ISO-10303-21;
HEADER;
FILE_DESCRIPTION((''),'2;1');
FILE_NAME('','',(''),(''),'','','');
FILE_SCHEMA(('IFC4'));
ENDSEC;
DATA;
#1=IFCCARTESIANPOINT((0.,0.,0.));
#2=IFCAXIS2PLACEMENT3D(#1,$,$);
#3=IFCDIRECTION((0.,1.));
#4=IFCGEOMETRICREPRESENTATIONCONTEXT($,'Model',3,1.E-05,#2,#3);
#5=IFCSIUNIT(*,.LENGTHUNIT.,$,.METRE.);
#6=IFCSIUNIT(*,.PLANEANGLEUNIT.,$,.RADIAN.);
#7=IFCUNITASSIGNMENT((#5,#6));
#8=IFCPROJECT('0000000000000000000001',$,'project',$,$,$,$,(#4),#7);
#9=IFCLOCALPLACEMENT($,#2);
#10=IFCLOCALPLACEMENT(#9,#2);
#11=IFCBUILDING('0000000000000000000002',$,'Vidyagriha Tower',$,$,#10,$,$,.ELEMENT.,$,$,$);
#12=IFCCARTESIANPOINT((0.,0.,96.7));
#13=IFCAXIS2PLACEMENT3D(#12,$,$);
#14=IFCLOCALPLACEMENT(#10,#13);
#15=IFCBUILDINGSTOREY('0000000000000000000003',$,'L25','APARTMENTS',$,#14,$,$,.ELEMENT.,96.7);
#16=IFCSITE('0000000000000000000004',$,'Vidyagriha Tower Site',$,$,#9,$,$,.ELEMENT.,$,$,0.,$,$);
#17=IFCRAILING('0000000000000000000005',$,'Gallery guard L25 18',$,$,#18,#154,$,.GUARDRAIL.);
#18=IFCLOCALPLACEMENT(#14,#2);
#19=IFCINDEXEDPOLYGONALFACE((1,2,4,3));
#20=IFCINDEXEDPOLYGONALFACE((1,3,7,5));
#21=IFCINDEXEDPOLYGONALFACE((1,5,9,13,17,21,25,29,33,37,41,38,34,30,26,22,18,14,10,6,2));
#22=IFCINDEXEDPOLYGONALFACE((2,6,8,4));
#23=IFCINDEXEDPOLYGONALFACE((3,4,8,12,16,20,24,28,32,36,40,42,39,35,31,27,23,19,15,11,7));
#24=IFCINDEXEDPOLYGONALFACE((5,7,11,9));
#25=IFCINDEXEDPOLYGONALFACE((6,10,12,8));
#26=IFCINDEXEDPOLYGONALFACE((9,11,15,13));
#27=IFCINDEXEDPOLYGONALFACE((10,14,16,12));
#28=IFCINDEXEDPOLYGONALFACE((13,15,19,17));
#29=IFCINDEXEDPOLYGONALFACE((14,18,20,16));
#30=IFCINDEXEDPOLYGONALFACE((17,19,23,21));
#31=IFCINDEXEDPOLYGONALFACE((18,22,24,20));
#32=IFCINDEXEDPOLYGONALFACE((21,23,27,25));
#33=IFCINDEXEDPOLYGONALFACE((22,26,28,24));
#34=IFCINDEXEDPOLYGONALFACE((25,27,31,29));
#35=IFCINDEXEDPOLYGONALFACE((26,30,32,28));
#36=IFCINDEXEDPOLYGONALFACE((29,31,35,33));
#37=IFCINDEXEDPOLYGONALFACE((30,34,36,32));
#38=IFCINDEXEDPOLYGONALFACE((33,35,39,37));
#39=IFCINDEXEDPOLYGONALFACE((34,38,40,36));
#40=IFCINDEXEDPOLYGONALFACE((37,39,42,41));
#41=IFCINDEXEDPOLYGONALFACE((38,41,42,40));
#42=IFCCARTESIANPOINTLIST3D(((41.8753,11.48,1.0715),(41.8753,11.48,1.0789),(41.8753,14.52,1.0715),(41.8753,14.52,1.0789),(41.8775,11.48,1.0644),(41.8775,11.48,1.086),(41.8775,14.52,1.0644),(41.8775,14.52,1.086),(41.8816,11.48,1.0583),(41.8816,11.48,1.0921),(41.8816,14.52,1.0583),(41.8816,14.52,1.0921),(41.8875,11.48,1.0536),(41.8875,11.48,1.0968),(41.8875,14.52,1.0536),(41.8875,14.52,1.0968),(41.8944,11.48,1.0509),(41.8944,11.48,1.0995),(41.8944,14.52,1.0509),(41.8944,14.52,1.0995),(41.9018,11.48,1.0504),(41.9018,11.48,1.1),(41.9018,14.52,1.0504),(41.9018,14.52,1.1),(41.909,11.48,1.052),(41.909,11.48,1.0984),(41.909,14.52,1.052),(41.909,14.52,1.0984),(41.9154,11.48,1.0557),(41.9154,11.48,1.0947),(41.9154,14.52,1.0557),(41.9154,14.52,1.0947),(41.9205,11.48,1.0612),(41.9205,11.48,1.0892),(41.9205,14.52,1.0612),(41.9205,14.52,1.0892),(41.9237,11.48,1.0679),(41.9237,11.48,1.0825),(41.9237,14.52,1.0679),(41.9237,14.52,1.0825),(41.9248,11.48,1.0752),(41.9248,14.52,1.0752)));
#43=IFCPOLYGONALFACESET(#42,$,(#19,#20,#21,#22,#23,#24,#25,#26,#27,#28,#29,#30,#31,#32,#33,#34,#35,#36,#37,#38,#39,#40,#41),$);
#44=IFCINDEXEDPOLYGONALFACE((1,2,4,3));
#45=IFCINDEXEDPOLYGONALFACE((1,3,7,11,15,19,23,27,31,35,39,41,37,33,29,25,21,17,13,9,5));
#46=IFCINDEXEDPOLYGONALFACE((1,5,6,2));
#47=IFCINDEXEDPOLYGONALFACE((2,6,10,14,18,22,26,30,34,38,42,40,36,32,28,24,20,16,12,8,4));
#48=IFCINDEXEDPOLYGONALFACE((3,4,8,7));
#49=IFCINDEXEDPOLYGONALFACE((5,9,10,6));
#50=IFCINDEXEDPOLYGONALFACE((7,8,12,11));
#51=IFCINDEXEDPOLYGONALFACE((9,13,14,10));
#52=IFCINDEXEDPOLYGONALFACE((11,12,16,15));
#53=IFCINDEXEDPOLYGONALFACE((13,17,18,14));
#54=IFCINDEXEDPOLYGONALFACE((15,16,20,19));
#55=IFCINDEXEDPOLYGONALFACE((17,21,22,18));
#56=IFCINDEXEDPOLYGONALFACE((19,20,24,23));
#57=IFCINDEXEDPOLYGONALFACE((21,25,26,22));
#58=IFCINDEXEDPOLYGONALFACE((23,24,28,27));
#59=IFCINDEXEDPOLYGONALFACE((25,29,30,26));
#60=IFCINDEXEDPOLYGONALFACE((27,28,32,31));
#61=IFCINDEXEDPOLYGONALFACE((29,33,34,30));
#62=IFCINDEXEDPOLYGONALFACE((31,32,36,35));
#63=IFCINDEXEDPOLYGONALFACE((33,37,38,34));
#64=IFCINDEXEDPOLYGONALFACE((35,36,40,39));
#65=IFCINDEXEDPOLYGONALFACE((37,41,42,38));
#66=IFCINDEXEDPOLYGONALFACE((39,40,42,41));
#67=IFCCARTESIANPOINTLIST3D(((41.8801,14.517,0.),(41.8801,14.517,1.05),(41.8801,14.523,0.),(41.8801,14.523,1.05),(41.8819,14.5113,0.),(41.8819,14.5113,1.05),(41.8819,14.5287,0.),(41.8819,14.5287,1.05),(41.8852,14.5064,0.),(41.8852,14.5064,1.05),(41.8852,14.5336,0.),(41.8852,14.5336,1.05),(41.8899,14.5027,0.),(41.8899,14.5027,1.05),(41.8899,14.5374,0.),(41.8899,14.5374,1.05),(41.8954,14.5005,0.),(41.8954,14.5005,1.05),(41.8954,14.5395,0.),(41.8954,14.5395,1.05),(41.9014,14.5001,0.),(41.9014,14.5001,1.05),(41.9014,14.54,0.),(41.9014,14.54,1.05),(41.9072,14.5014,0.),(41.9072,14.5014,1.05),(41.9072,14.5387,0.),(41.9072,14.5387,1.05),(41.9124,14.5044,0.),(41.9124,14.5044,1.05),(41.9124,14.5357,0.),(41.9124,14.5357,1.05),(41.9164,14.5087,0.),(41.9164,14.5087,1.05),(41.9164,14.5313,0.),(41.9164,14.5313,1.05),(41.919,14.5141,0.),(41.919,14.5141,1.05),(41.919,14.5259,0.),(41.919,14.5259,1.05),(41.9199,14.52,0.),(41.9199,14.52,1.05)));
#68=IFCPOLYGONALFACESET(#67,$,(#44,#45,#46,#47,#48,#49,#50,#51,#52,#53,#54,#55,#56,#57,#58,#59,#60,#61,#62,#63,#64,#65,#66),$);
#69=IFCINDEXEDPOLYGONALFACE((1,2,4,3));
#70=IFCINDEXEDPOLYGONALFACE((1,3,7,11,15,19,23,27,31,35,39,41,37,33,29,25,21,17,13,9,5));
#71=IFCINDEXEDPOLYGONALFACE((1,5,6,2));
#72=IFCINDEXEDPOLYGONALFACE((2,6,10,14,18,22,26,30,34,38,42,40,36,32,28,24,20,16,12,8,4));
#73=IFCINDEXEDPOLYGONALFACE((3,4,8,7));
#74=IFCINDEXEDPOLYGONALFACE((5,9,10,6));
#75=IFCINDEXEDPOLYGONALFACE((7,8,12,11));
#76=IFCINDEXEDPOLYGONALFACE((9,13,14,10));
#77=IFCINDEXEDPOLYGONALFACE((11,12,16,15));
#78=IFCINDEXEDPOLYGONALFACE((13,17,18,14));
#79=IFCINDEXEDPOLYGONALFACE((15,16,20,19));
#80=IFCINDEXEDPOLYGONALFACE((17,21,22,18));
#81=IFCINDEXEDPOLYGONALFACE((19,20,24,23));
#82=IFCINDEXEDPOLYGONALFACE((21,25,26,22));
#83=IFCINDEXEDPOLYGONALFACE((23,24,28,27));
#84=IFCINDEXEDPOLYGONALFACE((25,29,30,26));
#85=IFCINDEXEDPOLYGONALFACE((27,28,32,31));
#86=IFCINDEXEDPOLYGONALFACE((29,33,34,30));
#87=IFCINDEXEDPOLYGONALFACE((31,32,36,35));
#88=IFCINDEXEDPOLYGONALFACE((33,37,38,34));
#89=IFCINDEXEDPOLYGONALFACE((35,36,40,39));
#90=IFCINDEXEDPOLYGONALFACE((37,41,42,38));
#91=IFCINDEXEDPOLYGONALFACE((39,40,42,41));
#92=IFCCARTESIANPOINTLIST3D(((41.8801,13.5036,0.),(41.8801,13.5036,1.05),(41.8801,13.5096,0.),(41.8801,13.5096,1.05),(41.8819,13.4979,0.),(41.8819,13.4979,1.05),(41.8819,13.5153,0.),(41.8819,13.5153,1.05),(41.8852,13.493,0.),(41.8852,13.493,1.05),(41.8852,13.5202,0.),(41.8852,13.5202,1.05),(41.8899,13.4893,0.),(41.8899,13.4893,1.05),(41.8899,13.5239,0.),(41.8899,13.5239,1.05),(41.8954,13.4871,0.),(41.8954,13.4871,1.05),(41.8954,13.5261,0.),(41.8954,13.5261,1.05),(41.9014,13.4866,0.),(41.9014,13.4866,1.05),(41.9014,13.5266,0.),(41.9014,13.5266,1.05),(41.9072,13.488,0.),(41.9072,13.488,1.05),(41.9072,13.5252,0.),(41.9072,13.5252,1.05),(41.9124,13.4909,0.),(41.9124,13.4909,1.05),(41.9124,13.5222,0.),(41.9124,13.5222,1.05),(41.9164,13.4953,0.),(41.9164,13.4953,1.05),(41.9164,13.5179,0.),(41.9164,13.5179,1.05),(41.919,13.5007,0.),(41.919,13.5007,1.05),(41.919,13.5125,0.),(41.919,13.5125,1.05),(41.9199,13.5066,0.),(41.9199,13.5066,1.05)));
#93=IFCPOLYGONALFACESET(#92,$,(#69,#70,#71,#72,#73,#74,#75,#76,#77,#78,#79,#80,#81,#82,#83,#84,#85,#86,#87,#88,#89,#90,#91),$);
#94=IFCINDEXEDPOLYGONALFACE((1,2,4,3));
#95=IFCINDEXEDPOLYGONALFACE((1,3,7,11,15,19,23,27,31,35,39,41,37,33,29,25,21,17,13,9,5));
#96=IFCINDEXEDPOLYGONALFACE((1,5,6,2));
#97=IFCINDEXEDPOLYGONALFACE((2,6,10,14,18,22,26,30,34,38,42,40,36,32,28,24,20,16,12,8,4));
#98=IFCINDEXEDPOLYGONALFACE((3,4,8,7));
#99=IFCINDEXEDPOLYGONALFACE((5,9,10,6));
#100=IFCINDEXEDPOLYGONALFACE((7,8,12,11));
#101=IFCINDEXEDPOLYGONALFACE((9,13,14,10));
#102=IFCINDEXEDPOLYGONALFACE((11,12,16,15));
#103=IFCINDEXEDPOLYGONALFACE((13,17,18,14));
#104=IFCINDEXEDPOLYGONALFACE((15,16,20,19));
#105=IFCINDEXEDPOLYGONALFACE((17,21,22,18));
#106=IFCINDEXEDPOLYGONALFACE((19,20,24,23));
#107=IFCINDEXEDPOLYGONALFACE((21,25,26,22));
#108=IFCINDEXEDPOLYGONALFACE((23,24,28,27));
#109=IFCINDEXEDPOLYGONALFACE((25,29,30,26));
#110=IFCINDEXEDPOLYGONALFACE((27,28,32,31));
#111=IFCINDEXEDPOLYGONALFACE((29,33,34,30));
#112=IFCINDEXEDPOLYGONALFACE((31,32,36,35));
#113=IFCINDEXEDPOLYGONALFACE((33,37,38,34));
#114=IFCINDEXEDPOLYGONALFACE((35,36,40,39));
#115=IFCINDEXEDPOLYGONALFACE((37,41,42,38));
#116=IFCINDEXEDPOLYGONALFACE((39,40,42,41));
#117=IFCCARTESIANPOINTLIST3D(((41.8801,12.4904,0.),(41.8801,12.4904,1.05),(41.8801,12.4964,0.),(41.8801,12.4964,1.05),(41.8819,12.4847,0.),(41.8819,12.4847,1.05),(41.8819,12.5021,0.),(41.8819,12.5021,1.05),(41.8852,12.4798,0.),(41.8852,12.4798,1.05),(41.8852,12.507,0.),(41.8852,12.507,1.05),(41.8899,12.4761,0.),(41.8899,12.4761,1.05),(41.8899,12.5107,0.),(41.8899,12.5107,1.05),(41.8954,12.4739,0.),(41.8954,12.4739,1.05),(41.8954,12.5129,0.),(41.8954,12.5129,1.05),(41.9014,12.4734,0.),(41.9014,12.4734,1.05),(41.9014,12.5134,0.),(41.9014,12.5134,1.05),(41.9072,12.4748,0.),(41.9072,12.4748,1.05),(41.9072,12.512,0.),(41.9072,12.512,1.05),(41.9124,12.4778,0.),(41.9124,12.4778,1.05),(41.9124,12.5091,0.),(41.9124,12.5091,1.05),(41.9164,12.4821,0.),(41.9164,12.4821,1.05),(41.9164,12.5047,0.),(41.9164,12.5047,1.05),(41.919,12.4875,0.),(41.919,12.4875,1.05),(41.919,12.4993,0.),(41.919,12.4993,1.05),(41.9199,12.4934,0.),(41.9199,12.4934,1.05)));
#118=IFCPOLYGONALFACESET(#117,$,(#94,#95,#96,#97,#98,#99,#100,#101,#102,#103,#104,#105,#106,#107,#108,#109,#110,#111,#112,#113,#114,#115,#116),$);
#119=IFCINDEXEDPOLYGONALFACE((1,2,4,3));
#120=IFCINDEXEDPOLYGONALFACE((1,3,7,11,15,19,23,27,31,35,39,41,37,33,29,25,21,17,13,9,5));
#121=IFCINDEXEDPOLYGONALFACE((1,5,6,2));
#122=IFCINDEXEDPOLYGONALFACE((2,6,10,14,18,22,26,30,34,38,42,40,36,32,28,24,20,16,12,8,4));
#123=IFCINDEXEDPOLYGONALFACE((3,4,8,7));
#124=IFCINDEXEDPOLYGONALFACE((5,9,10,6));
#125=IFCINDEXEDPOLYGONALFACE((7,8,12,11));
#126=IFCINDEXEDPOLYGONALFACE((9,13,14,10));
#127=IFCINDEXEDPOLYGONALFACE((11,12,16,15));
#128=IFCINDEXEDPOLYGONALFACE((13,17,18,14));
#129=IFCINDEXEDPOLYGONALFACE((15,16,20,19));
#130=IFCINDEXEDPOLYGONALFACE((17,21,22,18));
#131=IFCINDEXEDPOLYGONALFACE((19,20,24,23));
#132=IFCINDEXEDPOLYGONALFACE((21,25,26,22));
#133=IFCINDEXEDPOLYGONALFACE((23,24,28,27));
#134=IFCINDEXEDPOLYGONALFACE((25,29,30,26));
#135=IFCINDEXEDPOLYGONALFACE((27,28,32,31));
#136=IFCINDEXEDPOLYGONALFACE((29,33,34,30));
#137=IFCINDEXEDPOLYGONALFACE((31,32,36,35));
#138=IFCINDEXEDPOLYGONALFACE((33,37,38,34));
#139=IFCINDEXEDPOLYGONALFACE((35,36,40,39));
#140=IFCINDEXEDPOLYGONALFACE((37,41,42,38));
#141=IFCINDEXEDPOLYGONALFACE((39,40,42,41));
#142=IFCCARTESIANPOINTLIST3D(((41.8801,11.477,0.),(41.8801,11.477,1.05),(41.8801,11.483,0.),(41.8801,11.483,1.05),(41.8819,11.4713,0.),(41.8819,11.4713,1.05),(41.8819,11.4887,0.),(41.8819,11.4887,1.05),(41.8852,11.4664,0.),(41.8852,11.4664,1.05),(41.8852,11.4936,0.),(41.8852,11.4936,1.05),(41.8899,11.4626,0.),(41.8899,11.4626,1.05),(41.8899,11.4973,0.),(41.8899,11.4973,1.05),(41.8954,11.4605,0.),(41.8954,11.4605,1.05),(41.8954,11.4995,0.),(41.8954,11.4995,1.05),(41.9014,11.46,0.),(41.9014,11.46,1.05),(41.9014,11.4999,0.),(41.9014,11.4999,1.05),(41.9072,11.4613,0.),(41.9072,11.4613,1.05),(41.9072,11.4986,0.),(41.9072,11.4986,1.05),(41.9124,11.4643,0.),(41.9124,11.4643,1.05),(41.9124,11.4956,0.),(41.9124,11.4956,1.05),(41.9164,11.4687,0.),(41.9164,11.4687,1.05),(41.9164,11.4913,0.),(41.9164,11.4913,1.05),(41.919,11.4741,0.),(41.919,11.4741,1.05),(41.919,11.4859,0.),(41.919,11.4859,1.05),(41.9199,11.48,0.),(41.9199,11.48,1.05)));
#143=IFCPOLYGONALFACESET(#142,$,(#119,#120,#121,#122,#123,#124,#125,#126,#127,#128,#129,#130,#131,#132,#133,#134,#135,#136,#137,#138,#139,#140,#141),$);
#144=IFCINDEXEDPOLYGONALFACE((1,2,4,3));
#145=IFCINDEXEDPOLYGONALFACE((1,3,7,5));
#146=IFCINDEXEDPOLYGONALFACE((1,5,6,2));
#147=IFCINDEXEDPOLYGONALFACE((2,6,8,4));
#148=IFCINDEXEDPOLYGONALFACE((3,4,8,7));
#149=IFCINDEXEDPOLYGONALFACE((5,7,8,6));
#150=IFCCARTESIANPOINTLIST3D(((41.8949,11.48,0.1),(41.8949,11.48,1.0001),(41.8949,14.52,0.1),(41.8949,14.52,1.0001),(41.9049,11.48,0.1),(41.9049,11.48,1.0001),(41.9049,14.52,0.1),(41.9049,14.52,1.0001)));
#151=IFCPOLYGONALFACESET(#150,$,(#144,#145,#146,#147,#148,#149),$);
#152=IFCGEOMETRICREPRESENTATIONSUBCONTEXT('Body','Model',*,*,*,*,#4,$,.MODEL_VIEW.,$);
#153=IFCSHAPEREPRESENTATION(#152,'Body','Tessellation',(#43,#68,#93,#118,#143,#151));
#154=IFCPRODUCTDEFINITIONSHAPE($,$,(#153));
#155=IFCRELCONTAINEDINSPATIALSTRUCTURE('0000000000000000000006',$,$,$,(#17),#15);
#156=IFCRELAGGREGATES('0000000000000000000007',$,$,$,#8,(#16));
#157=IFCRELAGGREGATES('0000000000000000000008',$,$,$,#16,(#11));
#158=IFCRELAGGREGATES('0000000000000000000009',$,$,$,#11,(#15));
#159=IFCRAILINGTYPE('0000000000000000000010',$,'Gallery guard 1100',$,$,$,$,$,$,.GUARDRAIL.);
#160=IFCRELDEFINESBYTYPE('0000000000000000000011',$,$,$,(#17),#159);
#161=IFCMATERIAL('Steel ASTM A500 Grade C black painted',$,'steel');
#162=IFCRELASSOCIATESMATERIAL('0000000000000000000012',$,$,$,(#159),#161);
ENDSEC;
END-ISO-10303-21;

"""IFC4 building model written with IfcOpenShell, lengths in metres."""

from ifc_helpers import new_model, si_unit, direction, frame, origin, origin_2d, place, context, subcontext, project, spatial, rectangle, circle, extrude, material, type_object, element, save


model = new_model("IFC4")

# Units and contexts
model_context = context("Model", 3, precision=1e-05, world=origin(), true_north=direction((0.0, 1.0)))
body_context = subcontext(model_context, "Body", "Model", "MODEL_VIEW")
ifc_project = project(units=[si_unit("LENGTHUNIT", "METRE"), si_unit("PLANEANGLEUNIT", "RADIAN")], contexts=[model_context])

# Site, building, storey
site_placement = place(None, origin())
site = spatial("IfcSite", under=ifc_project, at=site_placement, Name="Vidyagriha Tower Site", CompositionType="ELEMENT", RefElevation=0.0)
building_placement = place(site_placement, origin())
building = spatial("IfcBuilding", under=site, at=building_placement, Name="Vidyagriha Tower", CompositionType="ELEMENT")
storey_placement = place(building_placement, frame((0.0, 0.0, 96.7)))
storey = spatial("IfcBuildingStorey", under=building, at=storey_placement, Name="L25", Description="APARTMENTS", CompositionType="ELEMENT", Elevation=96.7)

# Railing
ifc_material_1 = material(Name="Steel ASTM A500 Grade C black painted", Category="steel")
railing_type = type_object("IfcRailingType", Name="Gallery guard 1100", PredefinedType="GUARDRAIL", material=ifc_material_1)
railing_1_placement = place(storey_placement, frame((41.8999, 14.52, 0.0)))
element("IfcRailing", 1, at=railing_1_placement, inside=storey, type_object=railing_type, Name="Gallery guard L25 18", PredefinedType="GUARDRAIL", context=body_context, shape_type="SweptSolid", body=[
    extrude(circle(Radius=0.0249, at=origin_2d()), frame((0.0, 0.0, 1.0752), z_axis=(0.0, -1.0, 0.0), x_axis=(1.0, 0.0, 0.0)), (0.0, 0.0, 1.0), 3.04),
    extrude(circle(Radius=0.02, at=origin_2d()), origin(), (0.0, 0.0, 1.0), 1.05),
    extrude(circle(Radius=0.02, at=origin_2d()), frame((0.0, -1.0134, 0.0)), (0.0, 0.0, 1.0), 1.05),
    extrude(circle(Radius=0.02, at=origin_2d()), frame((0.0, -2.0266, 0.0)), (0.0, 0.0, 1.0), 1.05),
    extrude(circle(Radius=0.02, at=origin_2d()), frame((0.0, -3.04, 0.0)), (0.0, 0.0, 1.0), 1.05),
    extrude(rectangle(XDim=0.01, YDim=0.9001, at=origin_2d()), frame((0.0, 0.0, 0.55), z_axis=(0.0, -1.0, 0.0), x_axis=(1.0, 0.0, 0.0)), (0.0, 0.0, 1.0), 3.04),
])

save(model, "model.ifc")
